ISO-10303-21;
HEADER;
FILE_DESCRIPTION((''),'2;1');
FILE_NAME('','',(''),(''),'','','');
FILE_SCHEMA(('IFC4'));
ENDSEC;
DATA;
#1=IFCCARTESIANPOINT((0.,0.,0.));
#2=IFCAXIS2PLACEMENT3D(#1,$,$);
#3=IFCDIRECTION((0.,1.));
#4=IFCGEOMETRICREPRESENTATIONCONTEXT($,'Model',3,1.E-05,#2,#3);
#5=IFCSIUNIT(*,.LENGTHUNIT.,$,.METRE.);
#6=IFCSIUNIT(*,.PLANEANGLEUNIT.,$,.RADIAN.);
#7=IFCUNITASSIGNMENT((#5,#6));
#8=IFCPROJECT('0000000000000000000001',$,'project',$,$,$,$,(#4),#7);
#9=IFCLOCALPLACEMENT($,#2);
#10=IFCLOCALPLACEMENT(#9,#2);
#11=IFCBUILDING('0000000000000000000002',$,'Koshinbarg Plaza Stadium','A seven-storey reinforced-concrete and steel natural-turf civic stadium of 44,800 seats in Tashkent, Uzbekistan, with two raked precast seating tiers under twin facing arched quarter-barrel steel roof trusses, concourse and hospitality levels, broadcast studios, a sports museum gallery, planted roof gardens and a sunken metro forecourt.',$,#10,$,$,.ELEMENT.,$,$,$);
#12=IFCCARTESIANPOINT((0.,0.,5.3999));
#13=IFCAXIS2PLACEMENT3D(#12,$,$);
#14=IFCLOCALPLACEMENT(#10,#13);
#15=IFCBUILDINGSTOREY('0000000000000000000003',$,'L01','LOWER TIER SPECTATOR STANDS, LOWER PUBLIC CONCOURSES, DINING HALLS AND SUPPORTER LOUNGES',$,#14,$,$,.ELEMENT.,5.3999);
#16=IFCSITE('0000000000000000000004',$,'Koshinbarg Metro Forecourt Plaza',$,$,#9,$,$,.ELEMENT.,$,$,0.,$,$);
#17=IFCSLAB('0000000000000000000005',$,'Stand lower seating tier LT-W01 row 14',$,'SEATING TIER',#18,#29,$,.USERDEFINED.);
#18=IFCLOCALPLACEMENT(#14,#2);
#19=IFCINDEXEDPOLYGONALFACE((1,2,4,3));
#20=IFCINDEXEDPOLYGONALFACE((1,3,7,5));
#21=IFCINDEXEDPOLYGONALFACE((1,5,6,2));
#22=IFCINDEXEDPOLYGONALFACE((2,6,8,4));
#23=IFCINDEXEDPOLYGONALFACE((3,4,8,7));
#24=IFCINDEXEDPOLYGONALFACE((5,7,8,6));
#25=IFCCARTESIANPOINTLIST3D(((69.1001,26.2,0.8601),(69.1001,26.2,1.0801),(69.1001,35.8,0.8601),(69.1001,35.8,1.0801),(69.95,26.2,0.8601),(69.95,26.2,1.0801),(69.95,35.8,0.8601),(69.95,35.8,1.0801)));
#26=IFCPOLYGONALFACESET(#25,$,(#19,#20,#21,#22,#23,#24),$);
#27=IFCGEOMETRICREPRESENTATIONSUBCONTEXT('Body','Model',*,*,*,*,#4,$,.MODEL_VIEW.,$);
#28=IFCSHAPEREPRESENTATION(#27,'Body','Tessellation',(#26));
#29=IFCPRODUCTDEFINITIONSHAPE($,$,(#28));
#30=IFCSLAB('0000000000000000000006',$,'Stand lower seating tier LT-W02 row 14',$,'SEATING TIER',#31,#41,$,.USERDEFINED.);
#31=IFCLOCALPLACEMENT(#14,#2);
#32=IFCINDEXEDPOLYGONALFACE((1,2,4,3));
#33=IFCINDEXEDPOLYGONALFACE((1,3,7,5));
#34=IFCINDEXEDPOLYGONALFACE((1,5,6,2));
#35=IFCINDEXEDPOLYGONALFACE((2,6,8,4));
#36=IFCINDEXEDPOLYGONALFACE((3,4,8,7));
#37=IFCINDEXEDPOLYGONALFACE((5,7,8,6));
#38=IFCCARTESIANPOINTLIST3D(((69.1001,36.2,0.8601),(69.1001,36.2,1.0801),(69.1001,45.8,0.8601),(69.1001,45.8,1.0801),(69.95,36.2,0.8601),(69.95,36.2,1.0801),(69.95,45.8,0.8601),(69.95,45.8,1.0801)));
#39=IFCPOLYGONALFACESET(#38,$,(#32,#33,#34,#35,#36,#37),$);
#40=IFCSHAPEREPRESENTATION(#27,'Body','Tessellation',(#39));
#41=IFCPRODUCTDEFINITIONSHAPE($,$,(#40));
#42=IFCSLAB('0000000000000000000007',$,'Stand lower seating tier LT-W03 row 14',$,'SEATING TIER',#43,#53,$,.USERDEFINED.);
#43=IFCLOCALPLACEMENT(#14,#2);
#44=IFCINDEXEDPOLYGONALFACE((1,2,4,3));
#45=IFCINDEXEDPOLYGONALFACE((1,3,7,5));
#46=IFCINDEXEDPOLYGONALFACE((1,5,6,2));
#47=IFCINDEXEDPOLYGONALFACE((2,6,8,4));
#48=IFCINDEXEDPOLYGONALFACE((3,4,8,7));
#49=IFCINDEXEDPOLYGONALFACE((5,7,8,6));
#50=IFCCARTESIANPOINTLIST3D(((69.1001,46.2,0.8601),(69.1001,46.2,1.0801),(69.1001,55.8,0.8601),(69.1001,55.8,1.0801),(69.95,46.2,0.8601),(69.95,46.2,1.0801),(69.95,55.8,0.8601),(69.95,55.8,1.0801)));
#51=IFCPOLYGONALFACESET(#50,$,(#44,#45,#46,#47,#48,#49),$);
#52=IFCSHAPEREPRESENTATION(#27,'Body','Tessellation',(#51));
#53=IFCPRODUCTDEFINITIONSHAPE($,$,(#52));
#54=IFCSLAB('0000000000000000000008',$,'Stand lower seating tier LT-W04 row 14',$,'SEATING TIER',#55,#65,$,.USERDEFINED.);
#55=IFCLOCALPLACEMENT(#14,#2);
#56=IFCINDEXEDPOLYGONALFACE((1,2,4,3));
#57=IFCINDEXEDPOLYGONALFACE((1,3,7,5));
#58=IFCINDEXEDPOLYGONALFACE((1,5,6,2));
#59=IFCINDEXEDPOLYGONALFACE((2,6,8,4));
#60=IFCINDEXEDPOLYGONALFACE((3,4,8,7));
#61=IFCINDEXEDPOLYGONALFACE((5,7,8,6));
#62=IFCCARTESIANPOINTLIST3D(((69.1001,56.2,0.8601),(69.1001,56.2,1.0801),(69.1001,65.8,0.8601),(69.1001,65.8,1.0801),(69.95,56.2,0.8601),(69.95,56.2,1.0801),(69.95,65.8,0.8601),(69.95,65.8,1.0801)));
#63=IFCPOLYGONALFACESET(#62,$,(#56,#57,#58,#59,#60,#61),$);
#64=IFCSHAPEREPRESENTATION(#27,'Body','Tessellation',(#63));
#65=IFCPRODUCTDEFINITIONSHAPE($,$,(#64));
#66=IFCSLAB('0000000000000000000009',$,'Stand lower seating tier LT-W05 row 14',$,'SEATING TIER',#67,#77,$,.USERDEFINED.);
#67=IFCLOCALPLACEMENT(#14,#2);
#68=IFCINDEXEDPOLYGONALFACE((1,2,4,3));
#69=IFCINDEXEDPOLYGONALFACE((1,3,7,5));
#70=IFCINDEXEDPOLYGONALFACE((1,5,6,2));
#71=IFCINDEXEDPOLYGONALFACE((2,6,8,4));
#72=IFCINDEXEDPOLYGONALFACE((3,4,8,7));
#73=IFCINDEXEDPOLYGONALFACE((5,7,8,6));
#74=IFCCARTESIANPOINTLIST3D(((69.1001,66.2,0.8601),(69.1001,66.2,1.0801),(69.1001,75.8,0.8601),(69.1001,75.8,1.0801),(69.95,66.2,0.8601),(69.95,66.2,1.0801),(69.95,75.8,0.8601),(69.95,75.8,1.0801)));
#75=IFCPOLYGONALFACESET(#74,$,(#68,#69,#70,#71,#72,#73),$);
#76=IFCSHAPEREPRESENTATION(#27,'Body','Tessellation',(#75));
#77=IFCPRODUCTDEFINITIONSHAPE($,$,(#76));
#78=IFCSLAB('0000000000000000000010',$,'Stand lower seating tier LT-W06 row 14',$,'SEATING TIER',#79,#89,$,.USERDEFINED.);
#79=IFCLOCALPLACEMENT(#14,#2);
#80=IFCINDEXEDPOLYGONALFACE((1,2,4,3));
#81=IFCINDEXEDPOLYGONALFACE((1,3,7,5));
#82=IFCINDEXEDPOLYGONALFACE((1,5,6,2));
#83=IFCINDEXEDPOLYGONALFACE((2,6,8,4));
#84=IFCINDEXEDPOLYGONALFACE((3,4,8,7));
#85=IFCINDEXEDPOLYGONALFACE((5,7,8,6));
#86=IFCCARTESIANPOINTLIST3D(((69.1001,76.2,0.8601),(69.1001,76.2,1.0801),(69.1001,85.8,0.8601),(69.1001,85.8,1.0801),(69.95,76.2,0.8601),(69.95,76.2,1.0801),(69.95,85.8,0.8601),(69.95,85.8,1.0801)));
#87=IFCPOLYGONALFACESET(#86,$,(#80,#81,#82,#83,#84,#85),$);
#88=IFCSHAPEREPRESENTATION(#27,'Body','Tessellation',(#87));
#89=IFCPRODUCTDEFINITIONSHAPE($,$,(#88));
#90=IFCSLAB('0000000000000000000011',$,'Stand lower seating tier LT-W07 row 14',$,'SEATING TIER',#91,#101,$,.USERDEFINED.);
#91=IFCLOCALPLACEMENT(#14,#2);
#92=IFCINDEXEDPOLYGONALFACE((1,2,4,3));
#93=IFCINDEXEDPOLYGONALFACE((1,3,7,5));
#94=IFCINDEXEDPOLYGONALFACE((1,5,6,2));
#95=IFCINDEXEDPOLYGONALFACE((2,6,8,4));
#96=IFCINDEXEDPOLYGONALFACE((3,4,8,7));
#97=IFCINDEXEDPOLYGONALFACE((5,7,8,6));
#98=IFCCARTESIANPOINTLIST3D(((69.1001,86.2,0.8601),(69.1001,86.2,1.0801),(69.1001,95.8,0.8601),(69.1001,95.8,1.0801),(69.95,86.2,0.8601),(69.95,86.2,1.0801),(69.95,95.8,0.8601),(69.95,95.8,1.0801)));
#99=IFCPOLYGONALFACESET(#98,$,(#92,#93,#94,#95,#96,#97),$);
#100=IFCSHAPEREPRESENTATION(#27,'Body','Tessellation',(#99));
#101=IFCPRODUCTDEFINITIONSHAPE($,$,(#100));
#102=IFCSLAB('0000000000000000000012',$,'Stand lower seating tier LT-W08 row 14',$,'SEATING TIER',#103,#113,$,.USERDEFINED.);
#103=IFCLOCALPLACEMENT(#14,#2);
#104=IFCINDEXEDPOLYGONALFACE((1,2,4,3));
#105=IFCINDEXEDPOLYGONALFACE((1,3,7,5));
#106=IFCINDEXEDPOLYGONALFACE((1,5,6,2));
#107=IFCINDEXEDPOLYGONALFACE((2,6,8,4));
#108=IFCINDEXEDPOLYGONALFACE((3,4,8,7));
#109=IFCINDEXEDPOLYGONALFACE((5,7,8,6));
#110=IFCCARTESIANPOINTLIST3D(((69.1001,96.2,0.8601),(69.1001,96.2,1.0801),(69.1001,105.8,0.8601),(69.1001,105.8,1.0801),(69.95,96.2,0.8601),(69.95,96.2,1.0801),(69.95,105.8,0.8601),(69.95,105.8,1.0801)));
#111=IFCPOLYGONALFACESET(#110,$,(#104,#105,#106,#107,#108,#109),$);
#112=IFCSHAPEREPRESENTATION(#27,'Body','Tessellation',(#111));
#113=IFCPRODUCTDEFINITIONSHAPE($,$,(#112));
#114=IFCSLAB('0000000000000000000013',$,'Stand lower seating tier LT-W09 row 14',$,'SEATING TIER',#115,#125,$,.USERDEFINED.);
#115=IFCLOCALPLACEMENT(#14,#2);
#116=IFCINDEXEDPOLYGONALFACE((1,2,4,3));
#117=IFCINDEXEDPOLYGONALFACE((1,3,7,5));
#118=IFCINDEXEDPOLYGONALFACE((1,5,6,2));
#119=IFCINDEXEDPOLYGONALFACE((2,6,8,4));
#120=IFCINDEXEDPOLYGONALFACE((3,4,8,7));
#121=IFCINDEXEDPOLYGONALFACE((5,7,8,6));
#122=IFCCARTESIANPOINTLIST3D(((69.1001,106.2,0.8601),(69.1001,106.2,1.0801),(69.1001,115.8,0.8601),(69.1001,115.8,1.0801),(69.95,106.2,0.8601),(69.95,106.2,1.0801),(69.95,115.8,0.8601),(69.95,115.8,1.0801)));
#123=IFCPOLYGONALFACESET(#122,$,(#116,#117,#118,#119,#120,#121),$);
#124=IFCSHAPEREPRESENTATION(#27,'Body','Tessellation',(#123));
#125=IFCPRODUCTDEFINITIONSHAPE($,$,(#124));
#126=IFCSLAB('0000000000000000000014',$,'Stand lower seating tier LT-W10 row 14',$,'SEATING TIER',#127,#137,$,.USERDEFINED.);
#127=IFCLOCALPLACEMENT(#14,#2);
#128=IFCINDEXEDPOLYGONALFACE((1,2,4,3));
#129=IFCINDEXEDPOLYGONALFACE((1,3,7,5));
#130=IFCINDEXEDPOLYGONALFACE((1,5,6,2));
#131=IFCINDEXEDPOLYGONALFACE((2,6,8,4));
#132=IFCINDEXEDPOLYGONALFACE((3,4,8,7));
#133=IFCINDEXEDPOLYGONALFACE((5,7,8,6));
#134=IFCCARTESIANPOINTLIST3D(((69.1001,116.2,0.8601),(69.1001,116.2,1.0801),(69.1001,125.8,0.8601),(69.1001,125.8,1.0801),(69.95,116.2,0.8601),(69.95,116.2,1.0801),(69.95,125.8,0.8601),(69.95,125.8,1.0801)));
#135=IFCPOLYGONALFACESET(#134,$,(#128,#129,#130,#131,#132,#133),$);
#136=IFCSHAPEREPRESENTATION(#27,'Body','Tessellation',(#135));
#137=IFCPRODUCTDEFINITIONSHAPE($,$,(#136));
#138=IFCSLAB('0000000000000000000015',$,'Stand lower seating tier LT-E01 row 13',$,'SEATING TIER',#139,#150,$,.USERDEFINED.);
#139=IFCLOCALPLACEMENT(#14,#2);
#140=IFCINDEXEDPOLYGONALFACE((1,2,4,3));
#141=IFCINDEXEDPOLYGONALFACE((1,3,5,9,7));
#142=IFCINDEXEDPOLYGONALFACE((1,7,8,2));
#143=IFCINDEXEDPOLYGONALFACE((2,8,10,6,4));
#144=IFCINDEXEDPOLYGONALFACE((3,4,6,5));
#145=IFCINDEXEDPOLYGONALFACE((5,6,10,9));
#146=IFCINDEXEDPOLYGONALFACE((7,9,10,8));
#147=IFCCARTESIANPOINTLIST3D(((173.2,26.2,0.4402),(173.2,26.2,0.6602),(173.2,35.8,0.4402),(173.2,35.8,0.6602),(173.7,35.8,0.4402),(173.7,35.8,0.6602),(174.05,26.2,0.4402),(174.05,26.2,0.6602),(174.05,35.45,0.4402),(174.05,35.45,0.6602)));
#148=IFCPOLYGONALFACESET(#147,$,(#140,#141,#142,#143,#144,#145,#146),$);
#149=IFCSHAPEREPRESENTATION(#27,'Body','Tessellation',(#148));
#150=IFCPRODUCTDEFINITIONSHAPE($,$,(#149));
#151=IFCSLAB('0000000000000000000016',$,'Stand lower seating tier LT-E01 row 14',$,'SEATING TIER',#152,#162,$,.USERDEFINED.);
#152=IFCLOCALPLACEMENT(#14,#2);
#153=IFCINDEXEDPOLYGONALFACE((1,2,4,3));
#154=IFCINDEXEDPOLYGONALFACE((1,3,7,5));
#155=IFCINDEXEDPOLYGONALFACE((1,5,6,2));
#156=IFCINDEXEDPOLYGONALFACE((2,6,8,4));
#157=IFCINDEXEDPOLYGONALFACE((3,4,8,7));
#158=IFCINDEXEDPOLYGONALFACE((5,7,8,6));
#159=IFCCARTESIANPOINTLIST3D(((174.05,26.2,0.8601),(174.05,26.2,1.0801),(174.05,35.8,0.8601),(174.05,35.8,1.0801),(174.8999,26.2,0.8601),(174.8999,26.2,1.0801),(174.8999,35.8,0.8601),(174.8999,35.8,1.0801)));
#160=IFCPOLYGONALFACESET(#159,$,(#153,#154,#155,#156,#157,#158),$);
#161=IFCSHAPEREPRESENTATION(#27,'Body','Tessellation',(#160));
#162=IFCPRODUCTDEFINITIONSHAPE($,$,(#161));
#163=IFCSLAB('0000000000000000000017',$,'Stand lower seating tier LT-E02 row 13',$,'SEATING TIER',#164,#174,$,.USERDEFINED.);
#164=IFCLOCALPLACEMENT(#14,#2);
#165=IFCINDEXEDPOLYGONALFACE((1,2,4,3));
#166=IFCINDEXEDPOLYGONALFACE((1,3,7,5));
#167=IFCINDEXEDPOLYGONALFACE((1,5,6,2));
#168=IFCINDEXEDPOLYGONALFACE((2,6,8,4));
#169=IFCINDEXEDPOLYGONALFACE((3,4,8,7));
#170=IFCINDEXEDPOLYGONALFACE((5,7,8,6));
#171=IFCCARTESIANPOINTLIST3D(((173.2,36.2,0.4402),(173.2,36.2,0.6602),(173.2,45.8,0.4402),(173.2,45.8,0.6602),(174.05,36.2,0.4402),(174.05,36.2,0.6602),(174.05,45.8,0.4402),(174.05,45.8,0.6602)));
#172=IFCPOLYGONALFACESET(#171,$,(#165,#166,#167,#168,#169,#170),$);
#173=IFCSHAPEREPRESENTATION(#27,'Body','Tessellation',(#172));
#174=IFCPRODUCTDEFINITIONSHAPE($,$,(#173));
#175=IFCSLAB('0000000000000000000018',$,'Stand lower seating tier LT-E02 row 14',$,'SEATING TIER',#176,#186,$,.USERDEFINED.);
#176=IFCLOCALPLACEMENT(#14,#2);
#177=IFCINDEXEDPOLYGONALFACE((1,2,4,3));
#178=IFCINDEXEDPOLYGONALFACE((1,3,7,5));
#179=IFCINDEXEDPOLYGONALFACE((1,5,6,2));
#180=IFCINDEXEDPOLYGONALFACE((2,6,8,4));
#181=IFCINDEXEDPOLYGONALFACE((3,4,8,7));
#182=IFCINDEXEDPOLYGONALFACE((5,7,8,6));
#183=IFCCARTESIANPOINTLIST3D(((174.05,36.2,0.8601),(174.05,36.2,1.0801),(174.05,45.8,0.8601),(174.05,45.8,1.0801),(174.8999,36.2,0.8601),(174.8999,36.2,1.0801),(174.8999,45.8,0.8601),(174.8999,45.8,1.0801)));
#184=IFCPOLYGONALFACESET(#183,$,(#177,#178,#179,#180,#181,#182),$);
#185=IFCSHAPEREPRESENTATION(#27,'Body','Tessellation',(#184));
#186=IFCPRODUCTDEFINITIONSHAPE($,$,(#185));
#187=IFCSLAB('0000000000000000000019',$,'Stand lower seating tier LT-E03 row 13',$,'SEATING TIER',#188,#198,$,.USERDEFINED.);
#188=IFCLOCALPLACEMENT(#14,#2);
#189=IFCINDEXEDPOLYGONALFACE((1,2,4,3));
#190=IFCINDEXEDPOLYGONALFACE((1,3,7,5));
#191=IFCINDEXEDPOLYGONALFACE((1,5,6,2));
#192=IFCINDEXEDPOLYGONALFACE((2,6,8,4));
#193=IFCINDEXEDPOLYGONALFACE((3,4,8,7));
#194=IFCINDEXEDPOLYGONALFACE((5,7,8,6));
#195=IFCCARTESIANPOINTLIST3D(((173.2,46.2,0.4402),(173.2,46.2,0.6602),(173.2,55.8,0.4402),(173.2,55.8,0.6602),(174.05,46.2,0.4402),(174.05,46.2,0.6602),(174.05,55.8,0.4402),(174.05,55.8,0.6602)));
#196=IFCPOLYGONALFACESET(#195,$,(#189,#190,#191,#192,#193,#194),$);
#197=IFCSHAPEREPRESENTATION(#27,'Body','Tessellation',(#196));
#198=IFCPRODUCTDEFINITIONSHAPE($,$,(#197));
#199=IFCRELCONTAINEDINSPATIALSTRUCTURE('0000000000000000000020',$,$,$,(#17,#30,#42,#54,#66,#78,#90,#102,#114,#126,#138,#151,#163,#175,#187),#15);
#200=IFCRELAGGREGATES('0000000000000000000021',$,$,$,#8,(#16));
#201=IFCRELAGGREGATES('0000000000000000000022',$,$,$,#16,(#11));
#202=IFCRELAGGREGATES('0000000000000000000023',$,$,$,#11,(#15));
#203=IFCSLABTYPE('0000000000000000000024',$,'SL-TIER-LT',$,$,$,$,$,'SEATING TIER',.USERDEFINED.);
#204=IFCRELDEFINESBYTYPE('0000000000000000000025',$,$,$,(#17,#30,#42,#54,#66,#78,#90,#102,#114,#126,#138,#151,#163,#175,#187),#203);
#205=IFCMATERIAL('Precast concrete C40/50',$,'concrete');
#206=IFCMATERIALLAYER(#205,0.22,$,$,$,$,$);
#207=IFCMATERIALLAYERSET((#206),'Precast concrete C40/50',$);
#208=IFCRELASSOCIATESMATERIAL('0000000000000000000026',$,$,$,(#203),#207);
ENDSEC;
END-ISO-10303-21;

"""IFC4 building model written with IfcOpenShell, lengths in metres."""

from ifc_helpers import new_model, si_unit, direction, frame, origin, place, context, subcontext, project, spatial, polyline, outline, extrude, material, layer, layer_set, type_object, element, save


model = new_model("IFC4")

# Units and contexts
model_context = context("Model", 3, precision=1e-05, world=origin(), true_north=direction((0.0, 1.0)))
body_context = subcontext(model_context, "Body", "Model", "MODEL_VIEW")
ifc_project = project(units=[si_unit("LENGTHUNIT", "METRE"), si_unit("PLANEANGLEUNIT", "RADIAN")], contexts=[model_context])

# Site, building, storey
site_placement = place(None, origin())
site = spatial("IfcSite", under=ifc_project, at=site_placement, Name="Koshinbarg Metro Forecourt Plaza", CompositionType="ELEMENT", RefElevation=0.0)
building_placement = place(site_placement, origin())
building = spatial("IfcBuilding", under=site, at=building_placement, Name="Koshinbarg Plaza Stadium", Description="A seven-storey reinforced-concrete and steel natural-turf civic stadium of 44,800 seats in Tashkent, Uzbekistan, with two raked precast seating tiers under twin facing arched quarter-barrel steel roof trusses, concourse and hospitality levels, broadcast studios, a sports museum gallery, planted roof gardens and a sunken metro forecourt.", CompositionType="ELEMENT")
storey_placement = place(building_placement, frame((0.0, 0.0, 5.3999)))
storey = spatial("IfcBuildingStorey", under=building, at=storey_placement, Name="L01", Description="LOWER TIER SPECTATOR STANDS, LOWER PUBLIC CONCOURSES, DINING HALLS AND SUPPORTER LOUNGES", CompositionType="ELEMENT", Elevation=5.3999)

# Slabs
ifc_material = material(Name="Precast concrete C40/50", Category="concrete")
ifc_layer = layer(ifc_material, 0.22)
ifc_layer_set = layer_set([ifc_layer], Name="Precast concrete C40/50")
slab_type = type_object("IfcSlabType", Name="SL-TIER-LT", ElementType="SEATING TIER", PredefinedType="USERDEFINED", material=ifc_layer_set)
slab_1_placement = place(storey_placement, frame((0.0, 0.0, 0.8601)))
element("IfcSlab", 1, at=slab_1_placement, inside=storey, type_object=slab_type, Name="Stand lower seating tier LT-W01 row 14", ObjectType="SEATING TIER", PredefinedType="USERDEFINED", context=body_context, shape_type="SweptSolid", body=[
    extrude(outline(polyline([(69.1001, 26.2), (69.95, 26.2), (69.95, 35.8), (69.1001, 35.8), (69.1001, 26.2)])), origin(), (0.0, 0.0, 1.0), 0.22),
])
slab_2_placement = place(storey_placement, frame((0.0, 0.0, 0.8601)))
element("IfcSlab", 2, at=slab_2_placement, inside=storey, type_object=slab_type, Name="Stand lower seating tier LT-W02 row 14", ObjectType="SEATING TIER", PredefinedType="USERDEFINED", context=body_context, shape_type="SweptSolid", body=[
    extrude(outline(polyline([(69.1001, 36.2), (69.95, 36.2), (69.95, 45.8), (69.1001, 45.8), (69.1001, 36.2)])), origin(), (0.0, 0.0, 1.0), 0.22),
])
slab_3_placement = place(storey_placement, frame((0.0, 0.0, 0.8601)))
element("IfcSlab", 3, at=slab_3_placement, inside=storey, type_object=slab_type, Name="Stand lower seating tier LT-W03 row 14", ObjectType="SEATING TIER", PredefinedType="USERDEFINED", context=body_context, shape_type="SweptSolid", body=[
    extrude(outline(polyline([(69.1001, 46.2), (69.95, 46.2), (69.95, 55.8), (69.1001, 55.8), (69.1001, 46.2)])), origin(), (0.0, 0.0, 1.0), 0.22),
])
slab_4_placement = place(storey_placement, frame((0.0, 0.0, 0.8601)))
element("IfcSlab", 4, at=slab_4_placement, inside=storey, type_object=slab_type, Name="Stand lower seating tier LT-W04 row 14", ObjectType="SEATING TIER", PredefinedType="USERDEFINED", context=body_context, shape_type="SweptSolid", body=[
    extrude(outline(polyline([(69.1001, 56.2), (69.95, 56.2), (69.95, 65.8), (69.1001, 65.8), (69.1001, 56.2)])), origin(), (0.0, 0.0, 1.0), 0.22),
])
slab_5_placement = place(storey_placement, frame((0.0, 0.0, 0.8601)))
element("IfcSlab", 5, at=slab_5_placement, inside=storey, type_object=slab_type, Name="Stand lower seating tier LT-W05 row 14", ObjectType="SEATING TIER", PredefinedType="USERDEFINED", context=body_context, shape_type="SweptSolid", body=[
    extrude(outline(polyline([(69.1001, 66.2), (69.95, 66.2), (69.95, 75.8), (69.1001, 75.8), (69.1001, 66.2)])), origin(), (0.0, 0.0, 1.0), 0.22),
])
slab_6_placement = place(storey_placement, frame((0.0, 0.0, 0.8601)))
element("IfcSlab", 6, at=slab_6_placement, inside=storey, type_object=slab_type, Name="Stand lower seating tier LT-W06 row 14", ObjectType="SEATING TIER", PredefinedType="USERDEFINED", context=body_context, shape_type="SweptSolid", body=[
    extrude(outline(polyline([(69.1001, 76.2), (69.95, 76.2), (69.95, 85.8), (69.1001, 85.8), (69.1001, 76.2)])), origin(), (0.0, 0.0, 1.0), 0.22),
])
slab_7_placement = place(storey_placement, frame((0.0, 0.0, 0.8601)))
element("IfcSlab", 7, at=slab_7_placement, inside=storey, type_object=slab_type, Name="Stand lower seating tier LT-W07 row 14", ObjectType="SEATING TIER", PredefinedType="USERDEFINED", context=body_context, shape_type="SweptSolid", body=[
    extrude(outline(polyline([(69.1001, 86.2), (69.95, 86.2), (69.95, 95.8), (69.1001, 95.8), (69.1001, 86.2)])), origin(), (0.0, 0.0, 1.0), 0.22),
])
slab_8_placement = place(storey_placement, frame((0.0, 0.0, 0.8601)))
element("IfcSlab", 8, at=slab_8_placement, inside=storey, type_object=slab_type, Name="Stand lower seating tier LT-W08 row 14", ObjectType="SEATING TIER", PredefinedType="USERDEFINED", context=body_context, shape_type="SweptSolid", body=[
    extrude(outline(polyline([(69.1001, 96.2), (69.95, 96.2), (69.95, 105.8), (69.1001, 105.8), (69.1001, 96.2)])), origin(), (0.0, 0.0, 1.0), 0.22),
])
slab_9_placement = place(storey_placement, frame((0.0, 0.0, 0.8601)))
element("IfcSlab", 9, at=slab_9_placement, inside=storey, type_object=slab_type, Name="Stand lower seating tier LT-W09 row 14", ObjectType="SEATING TIER", PredefinedType="USERDEFINED", context=body_context, shape_type="SweptSolid", body=[
    extrude(outline(polyline([(69.1001, 106.2), (69.95, 106.2), (69.95, 115.8), (69.1001, 115.8), (69.1001, 106.2)])), origin(), (0.0, 0.0, 1.0), 0.22),
])
slab_10_placement = place(storey_placement, frame((0.0, 0.0, 0.8601)))
element("IfcSlab", 10, at=slab_10_placement, inside=storey, type_object=slab_type, Name="Stand lower seating tier LT-W10 row 14", ObjectType="SEATING TIER", PredefinedType="USERDEFINED", context=body_context, shape_type="SweptSolid", body=[
    extrude(outline(polyline([(69.1001, 116.2), (69.95, 116.2), (69.95, 125.8), (69.1001, 125.8), (69.1001, 116.2)])), origin(), (0.0, 0.0, 1.0), 0.22),
])
slab_11_placement = place(storey_placement, frame((0.0, 0.0, 0.4402)))
element("IfcSlab", 11, at=slab_11_placement, inside=storey, type_object=slab_type, Name="Stand lower seating tier LT-E01 row 13", ObjectType="SEATING TIER", PredefinedType="USERDEFINED", context=body_context, shape_type="SweptSolid", body=[
    extrude(outline(polyline([(173.2, 26.2), (174.05, 26.2), (174.05, 35.45), (173.7, 35.8), (173.2, 35.8), (173.2, 26.2)])), origin(), (0.0, 0.0, 1.0), 0.22),
])
slab_12_placement = place(storey_placement, frame((0.0, 0.0, 0.8601)))
element("IfcSlab", 12, at=slab_12_placement, inside=storey, type_object=slab_type, Name="Stand lower seating tier LT-E01 row 14", ObjectType="SEATING TIER", PredefinedType="USERDEFINED", context=body_context, shape_type="SweptSolid", body=[
    extrude(outline(polyline([(174.05, 26.2), (174.8999, 26.2), (174.8999, 35.8), (174.05, 35.8), (174.05, 26.2)])), origin(), (0.0, 0.0, 1.0), 0.22),
])
slab_13_placement = place(storey_placement, frame((0.0, 0.0, 0.4402)))
element("IfcSlab", 13, at=slab_13_placement, inside=storey, type_object=slab_type, Name="Stand lower seating tier LT-E02 row 13", ObjectType="SEATING TIER", PredefinedType="USERDEFINED", context=body_context, shape_type="SweptSolid", body=[
    extrude(outline(polyline([(173.2, 36.2), (174.05, 36.2), (174.05, 45.8), (173.2, 45.8), (173.2, 36.2)])), origin(), (0.0, 0.0, 1.0), 0.22),
])
slab_14_placement = place(storey_placement, frame((0.0, 0.0, 0.8601)))
element("IfcSlab", 14, at=slab_14_placement, inside=storey, type_object=slab_type, Name="Stand lower seating tier LT-E02 row 14", ObjectType="SEATING TIER", PredefinedType="USERDEFINED", context=body_context, shape_type="SweptSolid", body=[
    extrude(outline(polyline([(174.05, 36.2), (174.8999, 36.2), (174.8999, 45.8), (174.05, 45.8), (174.05, 36.2)])), origin(), (0.0, 0.0, 1.0), 0.22),
])
slab_15_placement = place(storey_placement, frame((0.0, 0.0, 0.4402)))
element("IfcSlab", 15, at=slab_15_placement, inside=storey, type_object=slab_type, Name="Stand lower seating tier LT-E03 row 13", ObjectType="SEATING TIER", PredefinedType="USERDEFINED", context=body_context, shape_type="SweptSolid", body=[
    extrude(outline(polyline([(173.2, 46.2), (174.05, 46.2), (174.05, 55.8), (173.2, 55.8), (173.2, 46.2)])), origin(), (0.0, 0.0, 1.0), 0.22),
])

save(model, "model.ifc")
